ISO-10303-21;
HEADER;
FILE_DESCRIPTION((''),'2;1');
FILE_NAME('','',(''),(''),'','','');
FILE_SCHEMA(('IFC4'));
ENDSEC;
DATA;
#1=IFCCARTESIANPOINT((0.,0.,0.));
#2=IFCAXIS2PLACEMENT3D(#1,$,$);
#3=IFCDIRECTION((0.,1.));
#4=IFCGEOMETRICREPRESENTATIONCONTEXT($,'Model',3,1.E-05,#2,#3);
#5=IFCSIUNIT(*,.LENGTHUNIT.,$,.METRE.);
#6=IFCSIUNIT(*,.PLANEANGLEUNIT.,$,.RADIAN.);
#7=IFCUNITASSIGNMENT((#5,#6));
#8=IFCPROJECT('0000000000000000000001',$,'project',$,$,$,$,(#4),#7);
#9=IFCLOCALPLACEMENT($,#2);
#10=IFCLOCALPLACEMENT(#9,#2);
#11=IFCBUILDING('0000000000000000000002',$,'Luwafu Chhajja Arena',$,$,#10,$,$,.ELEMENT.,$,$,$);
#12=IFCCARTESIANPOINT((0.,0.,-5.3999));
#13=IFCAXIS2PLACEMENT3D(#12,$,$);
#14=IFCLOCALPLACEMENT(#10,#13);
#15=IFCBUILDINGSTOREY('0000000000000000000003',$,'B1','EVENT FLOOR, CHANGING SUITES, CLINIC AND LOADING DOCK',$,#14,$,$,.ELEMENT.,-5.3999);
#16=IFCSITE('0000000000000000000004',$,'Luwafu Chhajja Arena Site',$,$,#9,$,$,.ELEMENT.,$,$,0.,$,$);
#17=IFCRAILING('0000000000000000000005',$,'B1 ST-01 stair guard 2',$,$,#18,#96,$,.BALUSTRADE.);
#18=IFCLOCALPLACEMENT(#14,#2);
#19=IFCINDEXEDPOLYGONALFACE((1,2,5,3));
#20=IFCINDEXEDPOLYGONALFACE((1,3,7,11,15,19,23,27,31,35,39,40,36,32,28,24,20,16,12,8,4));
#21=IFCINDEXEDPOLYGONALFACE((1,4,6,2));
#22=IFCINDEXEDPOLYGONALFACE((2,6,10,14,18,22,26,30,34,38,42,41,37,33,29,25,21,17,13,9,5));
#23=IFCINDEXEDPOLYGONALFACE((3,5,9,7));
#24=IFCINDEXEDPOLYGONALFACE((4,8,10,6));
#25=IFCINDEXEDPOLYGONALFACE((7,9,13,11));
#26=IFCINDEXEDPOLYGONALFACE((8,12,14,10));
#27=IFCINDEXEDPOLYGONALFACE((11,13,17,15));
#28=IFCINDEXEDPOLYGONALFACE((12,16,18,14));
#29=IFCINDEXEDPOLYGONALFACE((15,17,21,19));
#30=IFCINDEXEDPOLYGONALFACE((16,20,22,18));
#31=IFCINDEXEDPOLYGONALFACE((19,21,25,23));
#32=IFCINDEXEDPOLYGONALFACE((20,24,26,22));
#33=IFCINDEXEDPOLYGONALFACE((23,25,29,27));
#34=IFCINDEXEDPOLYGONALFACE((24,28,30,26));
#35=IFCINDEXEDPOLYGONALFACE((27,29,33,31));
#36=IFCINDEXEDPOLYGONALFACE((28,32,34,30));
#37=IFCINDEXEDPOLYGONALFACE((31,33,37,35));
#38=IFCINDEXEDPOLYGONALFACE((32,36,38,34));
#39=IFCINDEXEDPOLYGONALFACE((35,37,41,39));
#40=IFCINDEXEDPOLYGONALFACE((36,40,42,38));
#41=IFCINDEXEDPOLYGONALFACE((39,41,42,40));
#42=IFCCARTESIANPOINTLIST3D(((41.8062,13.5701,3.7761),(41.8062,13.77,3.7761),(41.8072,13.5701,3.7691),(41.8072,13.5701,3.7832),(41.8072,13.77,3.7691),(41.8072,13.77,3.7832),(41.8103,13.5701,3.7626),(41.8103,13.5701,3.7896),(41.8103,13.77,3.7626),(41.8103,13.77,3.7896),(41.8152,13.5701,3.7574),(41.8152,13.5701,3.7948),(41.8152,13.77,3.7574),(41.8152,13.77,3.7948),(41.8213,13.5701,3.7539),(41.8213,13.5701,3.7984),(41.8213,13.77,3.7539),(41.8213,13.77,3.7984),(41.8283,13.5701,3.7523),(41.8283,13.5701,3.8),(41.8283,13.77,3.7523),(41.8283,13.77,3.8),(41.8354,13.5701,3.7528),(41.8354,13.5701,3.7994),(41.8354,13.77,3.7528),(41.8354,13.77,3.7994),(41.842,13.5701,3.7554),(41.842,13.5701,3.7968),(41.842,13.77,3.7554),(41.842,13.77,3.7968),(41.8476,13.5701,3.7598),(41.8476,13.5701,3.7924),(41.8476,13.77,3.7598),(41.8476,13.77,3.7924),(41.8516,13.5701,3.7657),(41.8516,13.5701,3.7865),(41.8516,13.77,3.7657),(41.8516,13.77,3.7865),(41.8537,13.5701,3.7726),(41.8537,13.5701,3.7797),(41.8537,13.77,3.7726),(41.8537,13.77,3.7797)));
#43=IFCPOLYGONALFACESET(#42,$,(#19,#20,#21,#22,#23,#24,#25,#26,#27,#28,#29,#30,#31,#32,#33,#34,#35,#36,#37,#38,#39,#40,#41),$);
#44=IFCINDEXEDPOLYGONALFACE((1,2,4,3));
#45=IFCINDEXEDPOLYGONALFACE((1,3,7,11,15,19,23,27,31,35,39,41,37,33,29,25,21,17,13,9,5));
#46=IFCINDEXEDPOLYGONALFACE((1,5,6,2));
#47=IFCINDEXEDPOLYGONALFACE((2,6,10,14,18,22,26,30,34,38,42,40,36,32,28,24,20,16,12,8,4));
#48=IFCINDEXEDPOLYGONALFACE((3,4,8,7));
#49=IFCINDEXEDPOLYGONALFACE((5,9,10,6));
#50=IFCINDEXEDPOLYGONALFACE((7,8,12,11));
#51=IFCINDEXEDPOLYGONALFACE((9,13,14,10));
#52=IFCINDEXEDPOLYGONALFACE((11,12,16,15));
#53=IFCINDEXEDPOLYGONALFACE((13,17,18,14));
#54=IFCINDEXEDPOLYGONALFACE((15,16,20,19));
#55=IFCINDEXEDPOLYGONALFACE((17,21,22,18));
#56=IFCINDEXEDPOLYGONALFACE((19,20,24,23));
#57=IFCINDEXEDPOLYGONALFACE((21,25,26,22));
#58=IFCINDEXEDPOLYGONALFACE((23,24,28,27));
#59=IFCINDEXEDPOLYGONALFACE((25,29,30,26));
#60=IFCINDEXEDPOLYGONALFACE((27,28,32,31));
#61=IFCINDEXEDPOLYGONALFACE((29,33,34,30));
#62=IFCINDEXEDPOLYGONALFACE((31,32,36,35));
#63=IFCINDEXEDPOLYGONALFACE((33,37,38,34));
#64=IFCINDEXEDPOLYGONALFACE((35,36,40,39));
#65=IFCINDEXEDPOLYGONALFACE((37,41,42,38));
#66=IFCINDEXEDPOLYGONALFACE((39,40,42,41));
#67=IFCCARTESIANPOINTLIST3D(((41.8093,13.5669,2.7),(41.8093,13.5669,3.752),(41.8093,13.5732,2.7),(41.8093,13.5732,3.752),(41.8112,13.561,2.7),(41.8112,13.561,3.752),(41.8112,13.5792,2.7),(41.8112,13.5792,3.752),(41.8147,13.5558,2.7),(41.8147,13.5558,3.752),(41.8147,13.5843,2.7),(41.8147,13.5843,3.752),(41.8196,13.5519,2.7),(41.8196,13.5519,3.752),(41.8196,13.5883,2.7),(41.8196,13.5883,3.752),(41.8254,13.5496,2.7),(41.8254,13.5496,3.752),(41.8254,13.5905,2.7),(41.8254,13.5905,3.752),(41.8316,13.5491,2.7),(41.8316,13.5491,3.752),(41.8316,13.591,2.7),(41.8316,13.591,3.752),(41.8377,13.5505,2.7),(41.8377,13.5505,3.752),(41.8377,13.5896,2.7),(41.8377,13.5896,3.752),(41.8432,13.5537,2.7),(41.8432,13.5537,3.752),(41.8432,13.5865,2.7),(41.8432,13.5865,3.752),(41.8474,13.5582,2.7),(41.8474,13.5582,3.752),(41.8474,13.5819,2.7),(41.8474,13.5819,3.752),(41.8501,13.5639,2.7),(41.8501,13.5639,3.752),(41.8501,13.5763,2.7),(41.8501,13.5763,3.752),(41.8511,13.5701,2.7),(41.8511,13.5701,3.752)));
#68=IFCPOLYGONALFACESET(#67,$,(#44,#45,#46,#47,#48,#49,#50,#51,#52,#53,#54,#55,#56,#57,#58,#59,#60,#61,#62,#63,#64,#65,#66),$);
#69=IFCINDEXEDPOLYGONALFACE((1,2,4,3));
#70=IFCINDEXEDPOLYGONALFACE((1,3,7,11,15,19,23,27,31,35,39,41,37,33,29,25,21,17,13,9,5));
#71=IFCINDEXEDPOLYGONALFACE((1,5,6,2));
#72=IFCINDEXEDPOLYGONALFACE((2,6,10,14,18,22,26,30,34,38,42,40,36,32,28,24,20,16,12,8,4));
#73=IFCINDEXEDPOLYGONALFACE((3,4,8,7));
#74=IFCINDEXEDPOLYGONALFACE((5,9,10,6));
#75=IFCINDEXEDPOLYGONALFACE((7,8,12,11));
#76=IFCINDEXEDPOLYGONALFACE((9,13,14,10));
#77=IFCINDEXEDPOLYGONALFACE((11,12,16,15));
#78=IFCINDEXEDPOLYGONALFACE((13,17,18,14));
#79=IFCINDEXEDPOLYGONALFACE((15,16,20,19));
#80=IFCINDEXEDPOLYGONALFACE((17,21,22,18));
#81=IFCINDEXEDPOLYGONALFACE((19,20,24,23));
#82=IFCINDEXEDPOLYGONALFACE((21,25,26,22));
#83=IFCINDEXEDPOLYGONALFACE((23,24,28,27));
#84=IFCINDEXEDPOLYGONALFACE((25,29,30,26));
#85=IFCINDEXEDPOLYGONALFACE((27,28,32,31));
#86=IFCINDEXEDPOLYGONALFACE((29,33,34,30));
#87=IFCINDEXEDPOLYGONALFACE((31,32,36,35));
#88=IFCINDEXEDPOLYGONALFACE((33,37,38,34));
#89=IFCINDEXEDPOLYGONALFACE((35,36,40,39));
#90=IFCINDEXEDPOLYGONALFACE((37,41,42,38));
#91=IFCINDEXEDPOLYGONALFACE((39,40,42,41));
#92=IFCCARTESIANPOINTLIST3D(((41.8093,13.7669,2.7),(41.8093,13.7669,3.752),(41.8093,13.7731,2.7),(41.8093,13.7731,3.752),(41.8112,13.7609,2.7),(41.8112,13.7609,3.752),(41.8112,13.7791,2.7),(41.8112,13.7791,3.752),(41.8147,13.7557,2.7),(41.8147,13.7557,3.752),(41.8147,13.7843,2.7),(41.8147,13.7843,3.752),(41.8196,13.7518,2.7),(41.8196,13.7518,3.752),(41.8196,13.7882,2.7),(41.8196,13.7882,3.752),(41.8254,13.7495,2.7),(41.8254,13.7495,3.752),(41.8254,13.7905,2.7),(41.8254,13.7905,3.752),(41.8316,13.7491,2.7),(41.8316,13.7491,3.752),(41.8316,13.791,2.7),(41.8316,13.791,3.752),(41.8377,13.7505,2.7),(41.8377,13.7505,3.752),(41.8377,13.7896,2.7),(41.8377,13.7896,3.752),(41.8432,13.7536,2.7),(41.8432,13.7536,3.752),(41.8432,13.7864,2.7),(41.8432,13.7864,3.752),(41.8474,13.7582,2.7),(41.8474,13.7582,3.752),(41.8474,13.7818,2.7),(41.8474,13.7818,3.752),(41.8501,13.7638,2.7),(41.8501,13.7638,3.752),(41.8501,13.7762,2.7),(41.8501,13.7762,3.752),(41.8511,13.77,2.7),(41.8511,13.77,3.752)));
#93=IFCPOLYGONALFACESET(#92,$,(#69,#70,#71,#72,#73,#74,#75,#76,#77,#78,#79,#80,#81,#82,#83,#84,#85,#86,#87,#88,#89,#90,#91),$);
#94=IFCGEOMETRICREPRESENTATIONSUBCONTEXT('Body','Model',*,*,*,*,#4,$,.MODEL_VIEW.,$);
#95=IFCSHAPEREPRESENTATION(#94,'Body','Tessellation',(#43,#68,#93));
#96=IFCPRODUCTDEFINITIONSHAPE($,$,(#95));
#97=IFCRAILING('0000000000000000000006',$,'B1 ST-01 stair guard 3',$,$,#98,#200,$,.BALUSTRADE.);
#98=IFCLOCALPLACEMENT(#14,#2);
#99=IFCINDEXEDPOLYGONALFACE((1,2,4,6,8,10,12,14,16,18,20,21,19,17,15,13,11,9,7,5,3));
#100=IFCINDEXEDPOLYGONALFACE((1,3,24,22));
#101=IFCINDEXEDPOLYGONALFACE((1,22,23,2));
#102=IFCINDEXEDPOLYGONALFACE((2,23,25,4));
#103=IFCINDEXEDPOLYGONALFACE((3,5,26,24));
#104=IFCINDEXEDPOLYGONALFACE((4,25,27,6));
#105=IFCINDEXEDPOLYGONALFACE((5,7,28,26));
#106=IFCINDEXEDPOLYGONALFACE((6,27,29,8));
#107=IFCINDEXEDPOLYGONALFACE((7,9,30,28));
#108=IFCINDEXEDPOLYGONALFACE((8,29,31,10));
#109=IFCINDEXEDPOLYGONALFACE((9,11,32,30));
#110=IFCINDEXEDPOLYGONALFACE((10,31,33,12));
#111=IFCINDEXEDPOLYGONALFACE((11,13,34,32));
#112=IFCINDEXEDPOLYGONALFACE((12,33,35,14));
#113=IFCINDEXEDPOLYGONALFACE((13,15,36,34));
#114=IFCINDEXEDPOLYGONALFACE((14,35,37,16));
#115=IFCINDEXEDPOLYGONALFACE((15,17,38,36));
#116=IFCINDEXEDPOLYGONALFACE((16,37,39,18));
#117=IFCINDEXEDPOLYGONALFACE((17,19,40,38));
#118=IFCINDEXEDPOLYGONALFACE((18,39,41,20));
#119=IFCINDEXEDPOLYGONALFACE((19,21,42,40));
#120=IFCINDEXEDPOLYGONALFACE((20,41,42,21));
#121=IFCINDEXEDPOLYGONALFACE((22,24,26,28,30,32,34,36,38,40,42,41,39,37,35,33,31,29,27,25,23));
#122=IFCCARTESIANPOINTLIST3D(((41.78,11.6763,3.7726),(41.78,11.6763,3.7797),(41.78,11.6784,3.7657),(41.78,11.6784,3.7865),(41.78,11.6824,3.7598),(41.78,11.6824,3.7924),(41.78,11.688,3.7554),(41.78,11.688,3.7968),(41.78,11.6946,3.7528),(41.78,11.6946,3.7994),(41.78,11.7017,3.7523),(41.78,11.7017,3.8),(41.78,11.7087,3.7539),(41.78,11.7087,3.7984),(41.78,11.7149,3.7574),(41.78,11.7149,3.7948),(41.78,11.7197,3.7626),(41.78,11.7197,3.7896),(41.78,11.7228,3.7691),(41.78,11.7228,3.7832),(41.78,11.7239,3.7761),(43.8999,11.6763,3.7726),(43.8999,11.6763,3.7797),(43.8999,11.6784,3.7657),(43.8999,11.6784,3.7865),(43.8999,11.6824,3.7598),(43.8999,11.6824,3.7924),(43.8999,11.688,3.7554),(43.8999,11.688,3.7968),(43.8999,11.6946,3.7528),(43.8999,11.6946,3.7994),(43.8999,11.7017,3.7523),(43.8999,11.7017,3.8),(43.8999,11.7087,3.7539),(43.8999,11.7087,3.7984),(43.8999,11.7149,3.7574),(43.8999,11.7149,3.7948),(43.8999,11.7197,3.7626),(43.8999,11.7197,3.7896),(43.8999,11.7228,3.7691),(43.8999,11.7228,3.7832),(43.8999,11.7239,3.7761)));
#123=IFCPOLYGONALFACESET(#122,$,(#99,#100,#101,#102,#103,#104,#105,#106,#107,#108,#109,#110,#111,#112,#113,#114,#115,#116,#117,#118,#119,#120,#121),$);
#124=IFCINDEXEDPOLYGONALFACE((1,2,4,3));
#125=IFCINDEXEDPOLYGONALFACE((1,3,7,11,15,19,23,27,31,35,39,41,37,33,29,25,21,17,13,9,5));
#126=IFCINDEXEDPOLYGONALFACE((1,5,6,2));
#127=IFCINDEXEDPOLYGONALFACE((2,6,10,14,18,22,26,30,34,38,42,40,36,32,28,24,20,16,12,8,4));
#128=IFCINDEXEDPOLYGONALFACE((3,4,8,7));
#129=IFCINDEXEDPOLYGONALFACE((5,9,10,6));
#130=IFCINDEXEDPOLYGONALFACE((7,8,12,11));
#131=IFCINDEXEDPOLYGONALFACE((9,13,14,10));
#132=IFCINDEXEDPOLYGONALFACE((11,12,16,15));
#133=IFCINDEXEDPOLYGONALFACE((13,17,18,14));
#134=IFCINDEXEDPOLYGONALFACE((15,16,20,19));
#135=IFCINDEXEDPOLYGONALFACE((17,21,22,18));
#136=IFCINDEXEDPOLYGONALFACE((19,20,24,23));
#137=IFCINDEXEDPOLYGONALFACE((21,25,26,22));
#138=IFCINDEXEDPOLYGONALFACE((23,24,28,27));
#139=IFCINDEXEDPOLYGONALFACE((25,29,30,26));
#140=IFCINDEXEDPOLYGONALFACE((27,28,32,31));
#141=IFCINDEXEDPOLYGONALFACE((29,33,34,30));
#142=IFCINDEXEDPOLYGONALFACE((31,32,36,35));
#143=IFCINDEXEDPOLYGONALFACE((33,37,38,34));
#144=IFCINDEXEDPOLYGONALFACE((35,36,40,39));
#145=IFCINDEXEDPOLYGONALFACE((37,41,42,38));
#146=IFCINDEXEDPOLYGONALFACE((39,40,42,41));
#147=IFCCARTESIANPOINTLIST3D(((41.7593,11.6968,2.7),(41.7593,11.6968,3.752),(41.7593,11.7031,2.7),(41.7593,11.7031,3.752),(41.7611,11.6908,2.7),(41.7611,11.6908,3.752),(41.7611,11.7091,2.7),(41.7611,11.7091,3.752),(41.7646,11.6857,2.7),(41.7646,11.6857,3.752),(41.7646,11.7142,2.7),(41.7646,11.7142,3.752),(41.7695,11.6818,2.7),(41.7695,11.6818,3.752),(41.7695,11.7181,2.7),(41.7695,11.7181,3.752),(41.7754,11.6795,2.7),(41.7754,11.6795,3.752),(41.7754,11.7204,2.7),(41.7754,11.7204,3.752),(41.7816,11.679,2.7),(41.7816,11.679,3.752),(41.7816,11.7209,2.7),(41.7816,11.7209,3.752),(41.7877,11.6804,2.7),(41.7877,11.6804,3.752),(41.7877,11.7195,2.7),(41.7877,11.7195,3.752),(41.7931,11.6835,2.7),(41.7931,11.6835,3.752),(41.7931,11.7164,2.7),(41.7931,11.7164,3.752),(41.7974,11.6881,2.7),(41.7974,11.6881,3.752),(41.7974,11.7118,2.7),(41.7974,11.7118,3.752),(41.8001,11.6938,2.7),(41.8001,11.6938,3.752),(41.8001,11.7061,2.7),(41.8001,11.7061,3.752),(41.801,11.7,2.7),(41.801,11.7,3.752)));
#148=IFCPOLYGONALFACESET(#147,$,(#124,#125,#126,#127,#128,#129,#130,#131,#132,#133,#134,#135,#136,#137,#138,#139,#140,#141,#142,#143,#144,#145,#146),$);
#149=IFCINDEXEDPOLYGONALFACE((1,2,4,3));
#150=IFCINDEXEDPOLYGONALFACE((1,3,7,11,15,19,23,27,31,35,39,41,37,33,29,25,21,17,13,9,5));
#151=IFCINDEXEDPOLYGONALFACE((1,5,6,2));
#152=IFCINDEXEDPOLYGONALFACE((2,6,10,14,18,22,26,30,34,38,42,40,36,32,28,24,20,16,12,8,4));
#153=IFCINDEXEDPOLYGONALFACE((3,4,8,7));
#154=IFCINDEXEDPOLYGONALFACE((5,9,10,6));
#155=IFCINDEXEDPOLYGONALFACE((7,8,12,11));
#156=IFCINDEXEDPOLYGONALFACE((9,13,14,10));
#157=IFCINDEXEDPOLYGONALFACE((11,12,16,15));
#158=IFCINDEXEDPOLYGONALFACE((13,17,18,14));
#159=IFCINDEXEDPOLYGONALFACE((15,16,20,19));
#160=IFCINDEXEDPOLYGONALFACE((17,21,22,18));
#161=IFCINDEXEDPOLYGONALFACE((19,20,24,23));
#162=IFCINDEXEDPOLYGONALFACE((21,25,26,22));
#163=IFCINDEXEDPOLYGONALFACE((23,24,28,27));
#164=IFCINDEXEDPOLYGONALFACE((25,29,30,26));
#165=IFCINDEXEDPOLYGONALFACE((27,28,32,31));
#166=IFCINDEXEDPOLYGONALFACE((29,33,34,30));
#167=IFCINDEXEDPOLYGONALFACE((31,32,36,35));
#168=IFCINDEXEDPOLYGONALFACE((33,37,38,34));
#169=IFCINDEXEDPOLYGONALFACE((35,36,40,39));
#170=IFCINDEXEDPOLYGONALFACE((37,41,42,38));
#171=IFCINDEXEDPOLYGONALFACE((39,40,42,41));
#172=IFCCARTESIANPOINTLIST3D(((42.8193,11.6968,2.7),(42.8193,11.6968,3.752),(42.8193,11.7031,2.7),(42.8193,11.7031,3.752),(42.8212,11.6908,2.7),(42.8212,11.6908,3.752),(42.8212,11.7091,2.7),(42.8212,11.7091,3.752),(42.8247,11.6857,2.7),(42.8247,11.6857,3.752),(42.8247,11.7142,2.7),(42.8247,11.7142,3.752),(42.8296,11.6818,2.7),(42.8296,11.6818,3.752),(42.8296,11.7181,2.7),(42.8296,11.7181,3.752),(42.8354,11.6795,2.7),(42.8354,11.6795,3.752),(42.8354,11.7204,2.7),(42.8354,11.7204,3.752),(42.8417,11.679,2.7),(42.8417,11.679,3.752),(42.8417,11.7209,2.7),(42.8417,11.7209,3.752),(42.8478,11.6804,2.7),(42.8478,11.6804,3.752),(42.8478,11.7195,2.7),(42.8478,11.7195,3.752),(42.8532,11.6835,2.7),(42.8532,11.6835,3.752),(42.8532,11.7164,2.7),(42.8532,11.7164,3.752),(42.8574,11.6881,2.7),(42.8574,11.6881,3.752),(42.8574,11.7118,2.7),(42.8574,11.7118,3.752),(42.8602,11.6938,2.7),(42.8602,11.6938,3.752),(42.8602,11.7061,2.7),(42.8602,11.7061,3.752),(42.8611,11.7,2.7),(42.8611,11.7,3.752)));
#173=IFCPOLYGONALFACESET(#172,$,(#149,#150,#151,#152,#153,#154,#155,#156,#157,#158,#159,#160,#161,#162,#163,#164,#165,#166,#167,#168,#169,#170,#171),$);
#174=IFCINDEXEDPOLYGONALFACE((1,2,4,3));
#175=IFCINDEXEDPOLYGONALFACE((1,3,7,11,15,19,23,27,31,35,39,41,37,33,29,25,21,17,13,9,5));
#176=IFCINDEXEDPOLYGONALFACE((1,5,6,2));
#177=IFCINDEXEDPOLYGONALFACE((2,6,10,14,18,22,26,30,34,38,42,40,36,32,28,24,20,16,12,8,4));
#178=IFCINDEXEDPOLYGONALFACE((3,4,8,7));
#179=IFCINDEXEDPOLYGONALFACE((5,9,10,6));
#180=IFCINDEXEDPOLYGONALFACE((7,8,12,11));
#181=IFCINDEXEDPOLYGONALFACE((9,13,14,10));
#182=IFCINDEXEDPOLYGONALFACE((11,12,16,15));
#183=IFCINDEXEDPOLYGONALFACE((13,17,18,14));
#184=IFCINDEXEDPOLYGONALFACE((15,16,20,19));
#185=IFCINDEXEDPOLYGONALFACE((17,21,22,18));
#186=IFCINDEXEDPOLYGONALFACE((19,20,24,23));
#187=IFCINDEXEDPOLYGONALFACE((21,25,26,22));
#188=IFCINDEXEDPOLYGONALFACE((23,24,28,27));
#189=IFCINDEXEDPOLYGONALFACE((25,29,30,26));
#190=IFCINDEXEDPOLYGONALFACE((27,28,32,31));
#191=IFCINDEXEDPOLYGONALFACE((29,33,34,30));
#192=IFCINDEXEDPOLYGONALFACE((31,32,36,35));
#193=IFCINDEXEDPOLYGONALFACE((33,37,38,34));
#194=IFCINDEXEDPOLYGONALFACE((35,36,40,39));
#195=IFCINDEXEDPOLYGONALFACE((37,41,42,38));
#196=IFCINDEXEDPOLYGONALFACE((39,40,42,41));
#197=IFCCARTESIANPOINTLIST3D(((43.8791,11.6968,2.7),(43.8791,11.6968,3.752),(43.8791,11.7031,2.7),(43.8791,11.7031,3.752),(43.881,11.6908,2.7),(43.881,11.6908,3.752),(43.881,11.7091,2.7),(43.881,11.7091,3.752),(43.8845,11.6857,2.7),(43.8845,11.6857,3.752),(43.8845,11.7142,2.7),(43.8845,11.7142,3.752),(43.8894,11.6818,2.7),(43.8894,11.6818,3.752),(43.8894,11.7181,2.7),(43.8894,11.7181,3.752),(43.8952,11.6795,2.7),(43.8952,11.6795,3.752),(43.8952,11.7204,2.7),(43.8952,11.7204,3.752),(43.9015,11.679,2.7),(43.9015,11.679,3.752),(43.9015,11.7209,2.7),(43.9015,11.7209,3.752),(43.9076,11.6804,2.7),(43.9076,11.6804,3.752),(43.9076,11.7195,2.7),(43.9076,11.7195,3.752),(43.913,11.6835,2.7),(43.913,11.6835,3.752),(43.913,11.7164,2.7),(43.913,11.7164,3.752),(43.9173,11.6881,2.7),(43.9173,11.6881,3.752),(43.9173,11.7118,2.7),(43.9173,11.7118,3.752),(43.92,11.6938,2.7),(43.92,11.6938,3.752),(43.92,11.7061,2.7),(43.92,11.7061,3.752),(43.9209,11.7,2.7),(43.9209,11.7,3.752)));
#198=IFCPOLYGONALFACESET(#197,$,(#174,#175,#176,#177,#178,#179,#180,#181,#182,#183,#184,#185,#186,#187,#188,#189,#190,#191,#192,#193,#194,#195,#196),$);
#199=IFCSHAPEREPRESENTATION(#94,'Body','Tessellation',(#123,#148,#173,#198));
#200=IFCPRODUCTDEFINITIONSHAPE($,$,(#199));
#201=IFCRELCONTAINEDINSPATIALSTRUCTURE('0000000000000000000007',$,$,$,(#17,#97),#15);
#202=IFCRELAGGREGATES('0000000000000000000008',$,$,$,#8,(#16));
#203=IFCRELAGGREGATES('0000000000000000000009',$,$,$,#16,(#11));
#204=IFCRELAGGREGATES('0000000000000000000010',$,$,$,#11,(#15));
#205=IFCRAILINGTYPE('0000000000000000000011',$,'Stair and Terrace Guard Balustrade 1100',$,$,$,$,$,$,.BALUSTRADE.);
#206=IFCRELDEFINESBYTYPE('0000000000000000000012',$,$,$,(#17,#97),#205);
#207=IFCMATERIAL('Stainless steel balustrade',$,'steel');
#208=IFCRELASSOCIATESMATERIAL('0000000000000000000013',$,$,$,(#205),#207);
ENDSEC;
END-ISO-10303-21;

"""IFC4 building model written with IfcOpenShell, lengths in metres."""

from ifc_helpers import new_model, si_unit, direction, frame, origin, origin_2d, place, context, subcontext, project, spatial, circle, extrude, material, type_object, element, save


model = new_model("IFC4")

# Units and contexts
model_context = context("Model", 3, precision=1e-05, world=origin(), true_north=direction((0.0, 1.0)))
body_context = subcontext(model_context, "Body", "Model", "MODEL_VIEW")
ifc_project = project(units=[si_unit("LENGTHUNIT", "METRE"), si_unit("PLANEANGLEUNIT", "RADIAN")], contexts=[model_context])

# Site, building, storey
site_placement = place(None, origin())
site = spatial("IfcSite", under=ifc_project, at=site_placement, Name="Luwafu Chhajja Arena Site", CompositionType="ELEMENT", RefElevation=0.0)
building_placement = place(site_placement, origin())
building = spatial("IfcBuilding", under=site, at=building_placement, Name="Luwafu Chhajja Arena", CompositionType="ELEMENT")
storey_placement = place(building_placement, frame((0.0, 0.0, -5.3999)))
storey = spatial("IfcBuildingStorey", under=building, at=storey_placement, Name="B1", Description="EVENT FLOOR, CHANGING SUITES, CLINIC AND LOADING DOCK", CompositionType="ELEMENT", Elevation=-5.3999)

# Railings
ifc_material_1 = material(Name="Stainless steel balustrade", Category="steel")
railing_type_1 = type_object("IfcRailingType", Name="Stair and Terrace Guard Balustrade 1100", PredefinedType="BALUSTRADE", material=ifc_material_1)
railing_1_placement = place(storey_placement, frame((41.8301, 13.5701, 2.7)))
element("IfcRailing", 1, at=railing_1_placement, inside=storey, type_object=railing_type_1, Name="B1 ST-01 stair guard 2", PredefinedType="BALUSTRADE", context=body_context, shape_type="SweptSolid", body=[
    extrude(circle(Radius=0.0239, at=origin_2d()), frame((0.0, 0.0, 1.0762), z_axis=(0.0, 1.0, 0.0), x_axis=(-1.0, 0.0, 0.0)), (0.0, 0.0, 1.0), 0.2),
    extrude(circle(Radius=0.021, at=origin_2d()), origin(), (0.0, 0.0, 1.0), 1.052),
    extrude(circle(Radius=0.021, at=origin_2d()), frame((0.0, 0.2, 0.0)), (0.0, 0.0, 1.0), 1.052),
])
for number, where, name in (
    (2, (41.78, 11.7, 2.7), "B1 ST-01 stair guard 3"),
):
    element("IfcRailing", number, at=place(storey_placement, frame(where)), inside=storey, type_object=railing_type_1, Name=name, PredefinedType="BALUSTRADE", context=body_context, shape_type="SweptSolid", body=[
        extrude(circle(Radius=0.0239, at=origin_2d()), frame((0.0, 0.0, 1.0762), z_axis=(1.0, 0.0, 0.0), x_axis=(0.0, 1.0, 0.0)), (0.0, 0.0, 1.0), 2.1199),
        extrude(circle(Radius=0.021, at=origin_2d()), origin(), (0.0, 0.0, 1.0), 1.052),
        extrude(circle(Radius=0.021, at=origin_2d()), frame((1.0601, 0.0, 0.0)), (0.0, 0.0, 1.0), 1.052),
        extrude(circle(Radius=0.021, at=origin_2d()), frame((2.1199, 0.0, 0.0)), (0.0, 0.0, 1.0), 1.052),
    ])

save(model, "model.ifc")
